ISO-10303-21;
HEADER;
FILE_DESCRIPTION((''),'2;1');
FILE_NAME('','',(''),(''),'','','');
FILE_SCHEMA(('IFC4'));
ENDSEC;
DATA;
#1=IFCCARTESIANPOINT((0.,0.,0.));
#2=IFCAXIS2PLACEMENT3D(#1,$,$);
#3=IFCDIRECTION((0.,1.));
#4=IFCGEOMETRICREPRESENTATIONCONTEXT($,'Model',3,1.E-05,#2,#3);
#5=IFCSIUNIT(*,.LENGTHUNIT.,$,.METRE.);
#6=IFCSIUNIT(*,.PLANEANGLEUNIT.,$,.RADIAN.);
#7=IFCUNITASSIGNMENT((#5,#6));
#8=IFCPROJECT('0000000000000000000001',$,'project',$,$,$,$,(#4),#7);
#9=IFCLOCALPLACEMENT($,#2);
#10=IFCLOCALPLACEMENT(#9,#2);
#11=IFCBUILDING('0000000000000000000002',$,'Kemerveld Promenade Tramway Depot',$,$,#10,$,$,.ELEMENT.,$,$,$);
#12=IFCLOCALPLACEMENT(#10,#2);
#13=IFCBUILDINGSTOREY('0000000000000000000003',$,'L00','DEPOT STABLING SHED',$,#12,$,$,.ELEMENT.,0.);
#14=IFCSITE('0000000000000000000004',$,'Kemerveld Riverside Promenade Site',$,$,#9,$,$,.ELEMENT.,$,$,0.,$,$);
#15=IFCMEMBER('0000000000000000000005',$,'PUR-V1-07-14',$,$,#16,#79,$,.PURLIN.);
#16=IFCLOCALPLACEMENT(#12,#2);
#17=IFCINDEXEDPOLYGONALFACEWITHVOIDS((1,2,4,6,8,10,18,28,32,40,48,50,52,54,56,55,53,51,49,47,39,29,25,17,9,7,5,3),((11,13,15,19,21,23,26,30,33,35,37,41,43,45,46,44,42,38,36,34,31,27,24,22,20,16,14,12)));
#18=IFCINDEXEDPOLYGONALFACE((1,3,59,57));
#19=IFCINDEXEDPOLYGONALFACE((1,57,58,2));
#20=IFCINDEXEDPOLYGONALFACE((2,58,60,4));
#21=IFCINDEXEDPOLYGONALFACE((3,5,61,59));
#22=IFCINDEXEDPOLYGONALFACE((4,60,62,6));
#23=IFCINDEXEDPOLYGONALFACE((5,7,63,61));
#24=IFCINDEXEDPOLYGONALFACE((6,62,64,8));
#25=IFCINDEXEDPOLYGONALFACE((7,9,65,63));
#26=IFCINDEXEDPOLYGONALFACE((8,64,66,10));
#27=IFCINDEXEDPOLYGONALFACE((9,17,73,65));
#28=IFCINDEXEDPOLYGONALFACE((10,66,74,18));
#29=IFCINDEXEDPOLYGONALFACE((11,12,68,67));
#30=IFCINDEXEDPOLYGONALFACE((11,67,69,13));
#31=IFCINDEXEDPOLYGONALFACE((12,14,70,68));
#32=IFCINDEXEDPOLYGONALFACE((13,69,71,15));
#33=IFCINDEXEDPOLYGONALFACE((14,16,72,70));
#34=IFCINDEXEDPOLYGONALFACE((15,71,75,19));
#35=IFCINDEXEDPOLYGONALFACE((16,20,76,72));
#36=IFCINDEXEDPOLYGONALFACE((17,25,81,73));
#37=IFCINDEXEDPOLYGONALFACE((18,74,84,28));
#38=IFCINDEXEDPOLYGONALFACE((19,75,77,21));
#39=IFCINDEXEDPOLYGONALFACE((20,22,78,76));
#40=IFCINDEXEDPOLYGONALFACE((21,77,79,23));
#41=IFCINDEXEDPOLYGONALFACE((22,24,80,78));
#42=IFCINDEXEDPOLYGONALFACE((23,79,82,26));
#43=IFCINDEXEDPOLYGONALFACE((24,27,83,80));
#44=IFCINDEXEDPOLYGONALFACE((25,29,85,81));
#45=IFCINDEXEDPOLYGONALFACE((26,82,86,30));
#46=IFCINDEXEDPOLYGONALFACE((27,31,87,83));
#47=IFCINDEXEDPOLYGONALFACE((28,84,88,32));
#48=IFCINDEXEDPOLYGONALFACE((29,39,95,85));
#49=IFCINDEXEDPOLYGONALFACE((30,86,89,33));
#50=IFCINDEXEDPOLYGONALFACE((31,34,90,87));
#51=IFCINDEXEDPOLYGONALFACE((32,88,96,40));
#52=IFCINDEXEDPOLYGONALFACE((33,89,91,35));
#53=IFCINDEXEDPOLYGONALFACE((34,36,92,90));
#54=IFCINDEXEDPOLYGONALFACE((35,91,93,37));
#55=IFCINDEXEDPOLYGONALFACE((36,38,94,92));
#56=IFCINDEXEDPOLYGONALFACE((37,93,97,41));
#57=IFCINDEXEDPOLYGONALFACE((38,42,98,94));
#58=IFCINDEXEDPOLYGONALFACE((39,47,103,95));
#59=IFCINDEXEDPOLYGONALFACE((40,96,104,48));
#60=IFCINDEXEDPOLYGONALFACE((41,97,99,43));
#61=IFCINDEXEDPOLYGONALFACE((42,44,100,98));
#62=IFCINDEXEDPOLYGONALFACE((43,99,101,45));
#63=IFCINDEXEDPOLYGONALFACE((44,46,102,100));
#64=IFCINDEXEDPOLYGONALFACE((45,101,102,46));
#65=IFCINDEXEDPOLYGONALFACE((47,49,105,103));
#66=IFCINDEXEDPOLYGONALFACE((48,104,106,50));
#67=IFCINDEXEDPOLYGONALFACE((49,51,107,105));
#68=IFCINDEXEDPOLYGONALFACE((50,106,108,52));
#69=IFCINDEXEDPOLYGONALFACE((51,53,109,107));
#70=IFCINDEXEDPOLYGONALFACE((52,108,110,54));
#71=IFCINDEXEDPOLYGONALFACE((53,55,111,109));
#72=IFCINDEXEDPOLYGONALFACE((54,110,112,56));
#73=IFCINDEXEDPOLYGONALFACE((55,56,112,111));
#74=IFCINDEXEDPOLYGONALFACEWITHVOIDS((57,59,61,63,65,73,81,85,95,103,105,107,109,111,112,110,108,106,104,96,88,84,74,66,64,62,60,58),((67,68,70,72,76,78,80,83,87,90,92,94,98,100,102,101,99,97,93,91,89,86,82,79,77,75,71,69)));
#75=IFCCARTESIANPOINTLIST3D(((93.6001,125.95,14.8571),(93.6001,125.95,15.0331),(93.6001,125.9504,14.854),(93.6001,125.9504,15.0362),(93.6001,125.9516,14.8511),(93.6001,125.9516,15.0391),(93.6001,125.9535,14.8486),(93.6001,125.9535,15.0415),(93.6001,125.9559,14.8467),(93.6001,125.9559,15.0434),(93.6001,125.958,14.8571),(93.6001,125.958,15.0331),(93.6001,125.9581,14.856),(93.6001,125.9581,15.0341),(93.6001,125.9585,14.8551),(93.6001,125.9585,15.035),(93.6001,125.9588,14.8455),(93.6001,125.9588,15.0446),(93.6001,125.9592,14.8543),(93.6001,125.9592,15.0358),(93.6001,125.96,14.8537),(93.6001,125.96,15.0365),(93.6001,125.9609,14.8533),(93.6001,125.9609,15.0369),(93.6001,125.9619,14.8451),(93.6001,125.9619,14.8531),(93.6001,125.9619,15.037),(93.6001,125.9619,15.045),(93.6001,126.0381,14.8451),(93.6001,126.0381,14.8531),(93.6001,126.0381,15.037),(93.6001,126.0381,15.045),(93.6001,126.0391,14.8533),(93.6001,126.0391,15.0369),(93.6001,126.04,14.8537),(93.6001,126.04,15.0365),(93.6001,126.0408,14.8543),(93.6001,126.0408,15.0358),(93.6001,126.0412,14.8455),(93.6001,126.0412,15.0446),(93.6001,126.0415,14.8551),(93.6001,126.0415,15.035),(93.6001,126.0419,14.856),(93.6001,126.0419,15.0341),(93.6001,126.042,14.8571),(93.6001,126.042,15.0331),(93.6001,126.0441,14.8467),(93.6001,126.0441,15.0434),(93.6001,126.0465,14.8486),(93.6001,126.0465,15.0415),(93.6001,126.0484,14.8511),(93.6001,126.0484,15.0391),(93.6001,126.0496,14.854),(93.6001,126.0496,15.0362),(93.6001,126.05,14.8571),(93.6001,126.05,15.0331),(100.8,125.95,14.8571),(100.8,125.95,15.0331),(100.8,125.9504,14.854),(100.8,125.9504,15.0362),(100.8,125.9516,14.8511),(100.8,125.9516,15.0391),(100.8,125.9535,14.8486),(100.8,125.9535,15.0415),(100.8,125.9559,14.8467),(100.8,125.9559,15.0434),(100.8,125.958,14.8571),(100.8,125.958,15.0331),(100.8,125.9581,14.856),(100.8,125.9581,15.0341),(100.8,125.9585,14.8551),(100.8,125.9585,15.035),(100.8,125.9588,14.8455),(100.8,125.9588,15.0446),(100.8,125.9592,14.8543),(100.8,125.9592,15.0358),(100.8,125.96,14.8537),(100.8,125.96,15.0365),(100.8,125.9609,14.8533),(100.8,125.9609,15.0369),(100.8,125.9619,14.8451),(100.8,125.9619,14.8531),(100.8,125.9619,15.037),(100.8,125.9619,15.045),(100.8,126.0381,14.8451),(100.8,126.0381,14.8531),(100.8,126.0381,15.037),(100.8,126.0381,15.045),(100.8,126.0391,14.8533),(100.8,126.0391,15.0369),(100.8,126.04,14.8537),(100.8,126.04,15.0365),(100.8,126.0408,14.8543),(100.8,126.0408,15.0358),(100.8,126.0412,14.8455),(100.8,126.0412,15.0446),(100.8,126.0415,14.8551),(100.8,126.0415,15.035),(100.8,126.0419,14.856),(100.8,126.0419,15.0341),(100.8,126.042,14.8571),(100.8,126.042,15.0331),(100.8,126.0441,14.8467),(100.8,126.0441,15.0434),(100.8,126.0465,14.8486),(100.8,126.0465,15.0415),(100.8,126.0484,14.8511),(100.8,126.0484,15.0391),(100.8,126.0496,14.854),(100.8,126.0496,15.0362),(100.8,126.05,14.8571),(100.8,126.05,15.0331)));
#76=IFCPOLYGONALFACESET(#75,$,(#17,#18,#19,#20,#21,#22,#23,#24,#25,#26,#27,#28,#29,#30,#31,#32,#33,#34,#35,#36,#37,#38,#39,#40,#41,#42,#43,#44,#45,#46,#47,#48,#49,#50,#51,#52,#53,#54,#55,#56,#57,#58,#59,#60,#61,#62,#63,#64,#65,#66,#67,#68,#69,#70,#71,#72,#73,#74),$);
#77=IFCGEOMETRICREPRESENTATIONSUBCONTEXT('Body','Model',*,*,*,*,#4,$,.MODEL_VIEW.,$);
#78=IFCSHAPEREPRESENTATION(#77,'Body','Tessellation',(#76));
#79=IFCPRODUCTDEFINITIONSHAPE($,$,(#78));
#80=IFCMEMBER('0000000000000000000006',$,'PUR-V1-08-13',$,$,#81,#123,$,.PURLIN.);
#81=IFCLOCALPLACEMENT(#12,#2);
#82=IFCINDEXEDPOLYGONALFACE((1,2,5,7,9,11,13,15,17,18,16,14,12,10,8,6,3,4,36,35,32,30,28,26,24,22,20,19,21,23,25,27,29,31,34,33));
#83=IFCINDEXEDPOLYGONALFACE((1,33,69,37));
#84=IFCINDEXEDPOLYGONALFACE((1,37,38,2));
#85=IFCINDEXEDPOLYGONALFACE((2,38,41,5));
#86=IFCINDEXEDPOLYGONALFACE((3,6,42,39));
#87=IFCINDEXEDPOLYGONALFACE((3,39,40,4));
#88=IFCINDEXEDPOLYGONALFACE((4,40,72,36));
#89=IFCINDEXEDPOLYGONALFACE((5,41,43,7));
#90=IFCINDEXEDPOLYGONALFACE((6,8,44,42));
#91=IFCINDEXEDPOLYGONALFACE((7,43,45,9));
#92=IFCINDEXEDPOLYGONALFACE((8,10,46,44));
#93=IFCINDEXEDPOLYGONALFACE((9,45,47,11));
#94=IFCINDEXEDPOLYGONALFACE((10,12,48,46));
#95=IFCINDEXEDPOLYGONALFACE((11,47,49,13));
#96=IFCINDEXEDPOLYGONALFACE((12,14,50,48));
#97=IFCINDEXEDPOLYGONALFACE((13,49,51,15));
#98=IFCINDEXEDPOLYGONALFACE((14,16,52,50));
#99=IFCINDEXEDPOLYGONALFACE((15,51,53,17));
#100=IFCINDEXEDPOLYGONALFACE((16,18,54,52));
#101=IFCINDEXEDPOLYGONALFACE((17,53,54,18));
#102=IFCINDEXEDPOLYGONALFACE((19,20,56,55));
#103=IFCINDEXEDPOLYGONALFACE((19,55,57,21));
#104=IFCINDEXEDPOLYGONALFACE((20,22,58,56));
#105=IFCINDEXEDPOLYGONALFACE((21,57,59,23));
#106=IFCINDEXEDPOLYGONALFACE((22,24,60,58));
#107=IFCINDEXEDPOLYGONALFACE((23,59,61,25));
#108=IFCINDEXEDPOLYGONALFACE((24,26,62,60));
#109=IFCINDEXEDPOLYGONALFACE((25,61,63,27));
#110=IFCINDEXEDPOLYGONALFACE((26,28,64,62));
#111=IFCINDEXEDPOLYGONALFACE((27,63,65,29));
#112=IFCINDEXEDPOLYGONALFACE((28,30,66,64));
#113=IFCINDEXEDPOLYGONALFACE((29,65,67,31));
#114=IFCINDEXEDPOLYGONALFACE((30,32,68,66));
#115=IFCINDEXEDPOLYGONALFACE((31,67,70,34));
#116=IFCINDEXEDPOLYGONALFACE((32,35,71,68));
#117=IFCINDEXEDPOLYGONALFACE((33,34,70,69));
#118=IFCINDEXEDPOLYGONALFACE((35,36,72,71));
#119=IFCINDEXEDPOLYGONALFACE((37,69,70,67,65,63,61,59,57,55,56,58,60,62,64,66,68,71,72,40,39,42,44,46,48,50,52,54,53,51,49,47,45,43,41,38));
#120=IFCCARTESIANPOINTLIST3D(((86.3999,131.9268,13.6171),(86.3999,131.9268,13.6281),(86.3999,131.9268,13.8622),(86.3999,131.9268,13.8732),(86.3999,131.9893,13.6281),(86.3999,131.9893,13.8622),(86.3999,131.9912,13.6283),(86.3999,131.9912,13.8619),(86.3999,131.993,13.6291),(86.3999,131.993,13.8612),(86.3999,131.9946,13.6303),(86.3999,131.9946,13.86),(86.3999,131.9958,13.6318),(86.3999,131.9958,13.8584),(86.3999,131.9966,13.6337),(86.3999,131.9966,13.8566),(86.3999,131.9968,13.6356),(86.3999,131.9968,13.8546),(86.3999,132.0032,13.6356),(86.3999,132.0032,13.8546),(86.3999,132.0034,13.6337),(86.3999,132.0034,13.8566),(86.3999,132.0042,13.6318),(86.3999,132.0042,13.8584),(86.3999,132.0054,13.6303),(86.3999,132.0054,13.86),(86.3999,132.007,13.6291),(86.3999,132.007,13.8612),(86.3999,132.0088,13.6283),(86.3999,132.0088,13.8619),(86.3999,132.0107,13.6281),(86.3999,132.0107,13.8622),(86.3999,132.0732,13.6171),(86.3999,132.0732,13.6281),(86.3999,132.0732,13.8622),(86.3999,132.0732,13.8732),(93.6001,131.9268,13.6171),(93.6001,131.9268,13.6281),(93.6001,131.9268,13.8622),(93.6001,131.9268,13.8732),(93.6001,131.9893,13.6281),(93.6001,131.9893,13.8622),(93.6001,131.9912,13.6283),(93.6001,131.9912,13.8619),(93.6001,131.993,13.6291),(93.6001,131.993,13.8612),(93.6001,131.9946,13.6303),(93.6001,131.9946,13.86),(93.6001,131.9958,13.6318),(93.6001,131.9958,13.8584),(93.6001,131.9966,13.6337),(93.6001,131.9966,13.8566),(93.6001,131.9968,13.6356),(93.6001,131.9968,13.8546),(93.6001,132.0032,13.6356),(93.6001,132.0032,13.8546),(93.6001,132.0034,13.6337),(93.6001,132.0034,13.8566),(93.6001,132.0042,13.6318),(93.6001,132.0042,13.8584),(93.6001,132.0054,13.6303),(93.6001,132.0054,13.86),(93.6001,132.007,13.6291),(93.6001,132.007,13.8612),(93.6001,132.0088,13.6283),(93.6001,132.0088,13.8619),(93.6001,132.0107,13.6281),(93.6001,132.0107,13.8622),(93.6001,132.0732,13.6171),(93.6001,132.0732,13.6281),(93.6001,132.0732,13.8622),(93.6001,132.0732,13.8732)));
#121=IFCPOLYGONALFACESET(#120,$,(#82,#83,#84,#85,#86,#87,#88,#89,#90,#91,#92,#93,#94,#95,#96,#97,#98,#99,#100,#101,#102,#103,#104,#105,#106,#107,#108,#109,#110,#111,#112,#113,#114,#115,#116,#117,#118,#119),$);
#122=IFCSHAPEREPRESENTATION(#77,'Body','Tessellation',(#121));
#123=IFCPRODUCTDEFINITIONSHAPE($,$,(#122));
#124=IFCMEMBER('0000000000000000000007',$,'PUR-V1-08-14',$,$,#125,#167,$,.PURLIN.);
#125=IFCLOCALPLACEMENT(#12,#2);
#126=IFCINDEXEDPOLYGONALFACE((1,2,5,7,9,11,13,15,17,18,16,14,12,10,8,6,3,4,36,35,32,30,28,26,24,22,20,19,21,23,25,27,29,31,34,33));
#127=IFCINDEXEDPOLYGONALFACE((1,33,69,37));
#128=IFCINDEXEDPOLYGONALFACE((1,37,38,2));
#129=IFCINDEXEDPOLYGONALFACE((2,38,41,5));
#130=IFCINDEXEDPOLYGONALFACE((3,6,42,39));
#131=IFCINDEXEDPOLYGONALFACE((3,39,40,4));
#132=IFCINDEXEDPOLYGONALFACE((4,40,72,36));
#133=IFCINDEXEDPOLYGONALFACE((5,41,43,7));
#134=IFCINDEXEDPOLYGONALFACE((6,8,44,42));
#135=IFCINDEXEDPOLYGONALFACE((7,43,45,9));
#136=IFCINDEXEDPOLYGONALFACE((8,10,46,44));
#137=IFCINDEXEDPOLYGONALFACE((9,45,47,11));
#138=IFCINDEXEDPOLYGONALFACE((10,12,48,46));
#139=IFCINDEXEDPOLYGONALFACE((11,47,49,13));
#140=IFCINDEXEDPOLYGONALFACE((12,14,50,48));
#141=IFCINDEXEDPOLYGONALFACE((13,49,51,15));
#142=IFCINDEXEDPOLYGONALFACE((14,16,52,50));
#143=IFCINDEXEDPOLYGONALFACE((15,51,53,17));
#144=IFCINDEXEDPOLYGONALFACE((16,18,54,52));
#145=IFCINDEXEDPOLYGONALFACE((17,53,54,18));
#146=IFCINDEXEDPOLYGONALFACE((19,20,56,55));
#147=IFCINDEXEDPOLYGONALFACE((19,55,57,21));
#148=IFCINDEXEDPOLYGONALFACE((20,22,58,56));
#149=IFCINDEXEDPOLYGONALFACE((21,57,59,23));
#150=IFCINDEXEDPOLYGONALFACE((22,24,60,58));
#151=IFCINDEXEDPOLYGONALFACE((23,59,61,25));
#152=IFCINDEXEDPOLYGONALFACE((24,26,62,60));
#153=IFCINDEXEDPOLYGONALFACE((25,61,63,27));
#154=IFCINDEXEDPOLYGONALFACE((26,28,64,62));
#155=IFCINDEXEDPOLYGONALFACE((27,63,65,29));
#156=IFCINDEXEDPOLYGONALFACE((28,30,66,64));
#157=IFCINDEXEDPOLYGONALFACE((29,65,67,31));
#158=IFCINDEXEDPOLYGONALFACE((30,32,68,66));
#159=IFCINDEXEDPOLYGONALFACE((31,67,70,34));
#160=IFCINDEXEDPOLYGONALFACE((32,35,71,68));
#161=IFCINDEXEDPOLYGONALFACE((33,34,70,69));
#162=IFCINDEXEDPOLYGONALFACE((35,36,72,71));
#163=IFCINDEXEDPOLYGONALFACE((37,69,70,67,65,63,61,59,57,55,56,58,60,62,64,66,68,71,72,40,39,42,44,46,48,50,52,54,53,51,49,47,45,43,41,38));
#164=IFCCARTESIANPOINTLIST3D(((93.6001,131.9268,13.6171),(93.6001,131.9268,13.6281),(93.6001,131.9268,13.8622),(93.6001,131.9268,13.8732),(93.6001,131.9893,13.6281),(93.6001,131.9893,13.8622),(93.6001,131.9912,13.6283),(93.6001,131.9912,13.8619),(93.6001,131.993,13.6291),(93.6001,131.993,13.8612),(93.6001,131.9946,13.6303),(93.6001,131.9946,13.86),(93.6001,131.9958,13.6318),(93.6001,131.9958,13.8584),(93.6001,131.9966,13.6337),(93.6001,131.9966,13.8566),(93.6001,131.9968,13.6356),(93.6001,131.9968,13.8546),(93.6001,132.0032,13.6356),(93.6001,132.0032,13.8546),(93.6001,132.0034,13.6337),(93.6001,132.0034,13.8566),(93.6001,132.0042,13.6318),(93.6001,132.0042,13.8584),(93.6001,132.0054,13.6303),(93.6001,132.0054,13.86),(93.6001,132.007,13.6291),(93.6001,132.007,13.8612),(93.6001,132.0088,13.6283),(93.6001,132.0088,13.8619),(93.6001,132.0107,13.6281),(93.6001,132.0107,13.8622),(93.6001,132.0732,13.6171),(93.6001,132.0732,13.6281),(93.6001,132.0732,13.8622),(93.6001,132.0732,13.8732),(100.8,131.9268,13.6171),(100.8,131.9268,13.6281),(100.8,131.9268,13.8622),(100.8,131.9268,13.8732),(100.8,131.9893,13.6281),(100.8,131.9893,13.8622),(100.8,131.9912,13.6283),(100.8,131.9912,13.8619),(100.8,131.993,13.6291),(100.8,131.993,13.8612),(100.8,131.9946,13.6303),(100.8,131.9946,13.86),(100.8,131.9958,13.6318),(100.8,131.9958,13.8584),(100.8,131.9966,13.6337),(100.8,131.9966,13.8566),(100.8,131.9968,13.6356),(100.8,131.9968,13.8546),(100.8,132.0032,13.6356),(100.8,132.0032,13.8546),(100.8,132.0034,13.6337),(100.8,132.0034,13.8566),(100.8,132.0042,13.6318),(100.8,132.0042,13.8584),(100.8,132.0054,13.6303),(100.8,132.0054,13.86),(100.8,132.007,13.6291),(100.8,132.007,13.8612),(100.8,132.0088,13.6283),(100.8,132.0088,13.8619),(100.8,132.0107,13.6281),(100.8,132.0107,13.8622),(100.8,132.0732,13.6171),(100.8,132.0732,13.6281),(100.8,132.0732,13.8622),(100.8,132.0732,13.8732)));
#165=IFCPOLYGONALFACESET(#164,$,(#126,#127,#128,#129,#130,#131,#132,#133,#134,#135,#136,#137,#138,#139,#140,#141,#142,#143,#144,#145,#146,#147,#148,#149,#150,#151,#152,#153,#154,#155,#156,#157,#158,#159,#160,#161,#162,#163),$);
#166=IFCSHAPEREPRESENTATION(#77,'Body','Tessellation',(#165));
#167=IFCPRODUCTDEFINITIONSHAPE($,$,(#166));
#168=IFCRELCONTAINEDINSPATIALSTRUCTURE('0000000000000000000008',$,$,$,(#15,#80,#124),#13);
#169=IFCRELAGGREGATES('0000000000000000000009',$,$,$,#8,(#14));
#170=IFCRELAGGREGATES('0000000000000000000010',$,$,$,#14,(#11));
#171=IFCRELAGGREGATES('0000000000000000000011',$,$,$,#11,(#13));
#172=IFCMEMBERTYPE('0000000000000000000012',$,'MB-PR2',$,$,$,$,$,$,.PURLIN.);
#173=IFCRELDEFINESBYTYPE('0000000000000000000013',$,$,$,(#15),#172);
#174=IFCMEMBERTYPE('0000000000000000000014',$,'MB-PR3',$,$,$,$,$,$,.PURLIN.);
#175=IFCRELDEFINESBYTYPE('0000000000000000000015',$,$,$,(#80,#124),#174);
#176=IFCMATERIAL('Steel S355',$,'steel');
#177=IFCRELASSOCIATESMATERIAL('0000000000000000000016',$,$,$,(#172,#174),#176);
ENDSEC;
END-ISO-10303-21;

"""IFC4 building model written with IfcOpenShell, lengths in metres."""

from ifc_helpers import new_model, si_unit, direction, frame, origin, origin_2d, place, context, subcontext, project, spatial, hollow_rectangle, i_section, extrude, material, material_profile, profile_set, type_object, element, save


model = new_model("IFC4")

# Units and contexts
model_context = context("Model", 3, precision=1e-05, world=origin(), true_north=direction((0.0, 1.0)))
body_context = subcontext(model_context, "Body", "Model", "MODEL_VIEW")
ifc_project = project(units=[si_unit("LENGTHUNIT", "METRE"), si_unit("PLANEANGLEUNIT", "RADIAN")], contexts=[model_context])

# Site, building, storey
site_placement = place(None, origin())
site = spatial("IfcSite", under=ifc_project, at=site_placement, Name="Kemerveld Riverside Promenade Site", CompositionType="ELEMENT", RefElevation=0.0)
building_placement = place(site_placement, origin())
building = spatial("IfcBuilding", under=site, at=building_placement, Name="Kemerveld Promenade Tramway Depot", CompositionType="ELEMENT")
storey_placement = place(building_placement, origin())
storey = spatial("IfcBuildingStorey", under=building, at=storey_placement, Name="L00", Description="DEPOT STABLING SHED", CompositionType="ELEMENT", Elevation=0.0)

# Members
ifc_material_1 = material(Name="Steel S355", Category="steel")
ifc_material_profile_1 = material_profile(ifc_material_1, hollow_rectangle(XDim=0.1001, YDim=0.2, WallThickness=0.0081, InnerFilletRadius=0.0039, OuterFilletRadius=0.012, at=origin_2d()), Name="200x100x8.0 RHS")
ifc_profile_set_1 = profile_set([ifc_material_profile_1], Name="Steel S355")
member_type_1 = type_object("IfcMemberType", Name="MB-PR2", PredefinedType="PURLIN", material=ifc_profile_set_1)
member_1_placement = place(storey_placement, frame((93.6001, 126.0, 14.9451), z_axis=(1.0, 0.0, 0.0), x_axis=(0.0, 1.0, 0.0)))
element("IfcMember", 1, at=member_1_placement, inside=storey, type_object=member_type_1, Name="PUR-V1-07-14", PredefinedType="PURLIN", context=body_context, shape_type="SweptSolid", body=[
    extrude(hollow_rectangle(XDim=0.1001, YDim=0.2, WallThickness=0.0081, InnerFilletRadius=0.0039, OuterFilletRadius=0.012, at=origin_2d()), origin(), (0.0, 0.0, 1.0), 7.2),
])
ifc_material_profile_2 = material_profile(ifc_material_1, i_section(OverallWidth=0.1465, OverallDepth=0.2561, WebThickness=0.0063, FlangeThickness=0.011, FilletRadius=0.0076, at=origin_2d()), Name="254x146x37 UB")
ifc_profile_set_2 = profile_set([ifc_material_profile_2], Name="Steel S355")
member_type_2 = type_object("IfcMemberType", Name="MB-PR3", PredefinedType="PURLIN", material=ifc_profile_set_2)
member_2_placement = place(storey_placement, frame((86.3999, 132.0, 13.7451), z_axis=(1.0, 0.0, 0.0), x_axis=(0.0, 1.0, 0.0)))
element("IfcMember", 2, at=member_2_placement, inside=storey, type_object=member_type_2, Name="PUR-V1-08-13", PredefinedType="PURLIN", context=body_context, shape_type="SweptSolid", body=[
    extrude(i_section(OverallWidth=0.1465, OverallDepth=0.2561, WebThickness=0.0063, FlangeThickness=0.011, FilletRadius=0.0076, at=origin_2d()), origin(), (0.0, 0.0, 1.0), 7.2002),
])
member_3_placement = place(storey_placement, frame((93.6001, 132.0, 13.7451), z_axis=(1.0, 0.0, 0.0), x_axis=(0.0, 1.0, 0.0)))
element("IfcMember", 3, at=member_3_placement, inside=storey, type_object=member_type_2, Name="PUR-V1-08-14", PredefinedType="PURLIN", context=body_context, shape_type="SweptSolid", body=[
    extrude(i_section(OverallWidth=0.1465, OverallDepth=0.2561, WebThickness=0.0063, FlangeThickness=0.011, FilletRadius=0.0076, at=origin_2d()), origin(), (0.0, 0.0, 1.0), 7.2),
])

save(model, "model.ifc")
